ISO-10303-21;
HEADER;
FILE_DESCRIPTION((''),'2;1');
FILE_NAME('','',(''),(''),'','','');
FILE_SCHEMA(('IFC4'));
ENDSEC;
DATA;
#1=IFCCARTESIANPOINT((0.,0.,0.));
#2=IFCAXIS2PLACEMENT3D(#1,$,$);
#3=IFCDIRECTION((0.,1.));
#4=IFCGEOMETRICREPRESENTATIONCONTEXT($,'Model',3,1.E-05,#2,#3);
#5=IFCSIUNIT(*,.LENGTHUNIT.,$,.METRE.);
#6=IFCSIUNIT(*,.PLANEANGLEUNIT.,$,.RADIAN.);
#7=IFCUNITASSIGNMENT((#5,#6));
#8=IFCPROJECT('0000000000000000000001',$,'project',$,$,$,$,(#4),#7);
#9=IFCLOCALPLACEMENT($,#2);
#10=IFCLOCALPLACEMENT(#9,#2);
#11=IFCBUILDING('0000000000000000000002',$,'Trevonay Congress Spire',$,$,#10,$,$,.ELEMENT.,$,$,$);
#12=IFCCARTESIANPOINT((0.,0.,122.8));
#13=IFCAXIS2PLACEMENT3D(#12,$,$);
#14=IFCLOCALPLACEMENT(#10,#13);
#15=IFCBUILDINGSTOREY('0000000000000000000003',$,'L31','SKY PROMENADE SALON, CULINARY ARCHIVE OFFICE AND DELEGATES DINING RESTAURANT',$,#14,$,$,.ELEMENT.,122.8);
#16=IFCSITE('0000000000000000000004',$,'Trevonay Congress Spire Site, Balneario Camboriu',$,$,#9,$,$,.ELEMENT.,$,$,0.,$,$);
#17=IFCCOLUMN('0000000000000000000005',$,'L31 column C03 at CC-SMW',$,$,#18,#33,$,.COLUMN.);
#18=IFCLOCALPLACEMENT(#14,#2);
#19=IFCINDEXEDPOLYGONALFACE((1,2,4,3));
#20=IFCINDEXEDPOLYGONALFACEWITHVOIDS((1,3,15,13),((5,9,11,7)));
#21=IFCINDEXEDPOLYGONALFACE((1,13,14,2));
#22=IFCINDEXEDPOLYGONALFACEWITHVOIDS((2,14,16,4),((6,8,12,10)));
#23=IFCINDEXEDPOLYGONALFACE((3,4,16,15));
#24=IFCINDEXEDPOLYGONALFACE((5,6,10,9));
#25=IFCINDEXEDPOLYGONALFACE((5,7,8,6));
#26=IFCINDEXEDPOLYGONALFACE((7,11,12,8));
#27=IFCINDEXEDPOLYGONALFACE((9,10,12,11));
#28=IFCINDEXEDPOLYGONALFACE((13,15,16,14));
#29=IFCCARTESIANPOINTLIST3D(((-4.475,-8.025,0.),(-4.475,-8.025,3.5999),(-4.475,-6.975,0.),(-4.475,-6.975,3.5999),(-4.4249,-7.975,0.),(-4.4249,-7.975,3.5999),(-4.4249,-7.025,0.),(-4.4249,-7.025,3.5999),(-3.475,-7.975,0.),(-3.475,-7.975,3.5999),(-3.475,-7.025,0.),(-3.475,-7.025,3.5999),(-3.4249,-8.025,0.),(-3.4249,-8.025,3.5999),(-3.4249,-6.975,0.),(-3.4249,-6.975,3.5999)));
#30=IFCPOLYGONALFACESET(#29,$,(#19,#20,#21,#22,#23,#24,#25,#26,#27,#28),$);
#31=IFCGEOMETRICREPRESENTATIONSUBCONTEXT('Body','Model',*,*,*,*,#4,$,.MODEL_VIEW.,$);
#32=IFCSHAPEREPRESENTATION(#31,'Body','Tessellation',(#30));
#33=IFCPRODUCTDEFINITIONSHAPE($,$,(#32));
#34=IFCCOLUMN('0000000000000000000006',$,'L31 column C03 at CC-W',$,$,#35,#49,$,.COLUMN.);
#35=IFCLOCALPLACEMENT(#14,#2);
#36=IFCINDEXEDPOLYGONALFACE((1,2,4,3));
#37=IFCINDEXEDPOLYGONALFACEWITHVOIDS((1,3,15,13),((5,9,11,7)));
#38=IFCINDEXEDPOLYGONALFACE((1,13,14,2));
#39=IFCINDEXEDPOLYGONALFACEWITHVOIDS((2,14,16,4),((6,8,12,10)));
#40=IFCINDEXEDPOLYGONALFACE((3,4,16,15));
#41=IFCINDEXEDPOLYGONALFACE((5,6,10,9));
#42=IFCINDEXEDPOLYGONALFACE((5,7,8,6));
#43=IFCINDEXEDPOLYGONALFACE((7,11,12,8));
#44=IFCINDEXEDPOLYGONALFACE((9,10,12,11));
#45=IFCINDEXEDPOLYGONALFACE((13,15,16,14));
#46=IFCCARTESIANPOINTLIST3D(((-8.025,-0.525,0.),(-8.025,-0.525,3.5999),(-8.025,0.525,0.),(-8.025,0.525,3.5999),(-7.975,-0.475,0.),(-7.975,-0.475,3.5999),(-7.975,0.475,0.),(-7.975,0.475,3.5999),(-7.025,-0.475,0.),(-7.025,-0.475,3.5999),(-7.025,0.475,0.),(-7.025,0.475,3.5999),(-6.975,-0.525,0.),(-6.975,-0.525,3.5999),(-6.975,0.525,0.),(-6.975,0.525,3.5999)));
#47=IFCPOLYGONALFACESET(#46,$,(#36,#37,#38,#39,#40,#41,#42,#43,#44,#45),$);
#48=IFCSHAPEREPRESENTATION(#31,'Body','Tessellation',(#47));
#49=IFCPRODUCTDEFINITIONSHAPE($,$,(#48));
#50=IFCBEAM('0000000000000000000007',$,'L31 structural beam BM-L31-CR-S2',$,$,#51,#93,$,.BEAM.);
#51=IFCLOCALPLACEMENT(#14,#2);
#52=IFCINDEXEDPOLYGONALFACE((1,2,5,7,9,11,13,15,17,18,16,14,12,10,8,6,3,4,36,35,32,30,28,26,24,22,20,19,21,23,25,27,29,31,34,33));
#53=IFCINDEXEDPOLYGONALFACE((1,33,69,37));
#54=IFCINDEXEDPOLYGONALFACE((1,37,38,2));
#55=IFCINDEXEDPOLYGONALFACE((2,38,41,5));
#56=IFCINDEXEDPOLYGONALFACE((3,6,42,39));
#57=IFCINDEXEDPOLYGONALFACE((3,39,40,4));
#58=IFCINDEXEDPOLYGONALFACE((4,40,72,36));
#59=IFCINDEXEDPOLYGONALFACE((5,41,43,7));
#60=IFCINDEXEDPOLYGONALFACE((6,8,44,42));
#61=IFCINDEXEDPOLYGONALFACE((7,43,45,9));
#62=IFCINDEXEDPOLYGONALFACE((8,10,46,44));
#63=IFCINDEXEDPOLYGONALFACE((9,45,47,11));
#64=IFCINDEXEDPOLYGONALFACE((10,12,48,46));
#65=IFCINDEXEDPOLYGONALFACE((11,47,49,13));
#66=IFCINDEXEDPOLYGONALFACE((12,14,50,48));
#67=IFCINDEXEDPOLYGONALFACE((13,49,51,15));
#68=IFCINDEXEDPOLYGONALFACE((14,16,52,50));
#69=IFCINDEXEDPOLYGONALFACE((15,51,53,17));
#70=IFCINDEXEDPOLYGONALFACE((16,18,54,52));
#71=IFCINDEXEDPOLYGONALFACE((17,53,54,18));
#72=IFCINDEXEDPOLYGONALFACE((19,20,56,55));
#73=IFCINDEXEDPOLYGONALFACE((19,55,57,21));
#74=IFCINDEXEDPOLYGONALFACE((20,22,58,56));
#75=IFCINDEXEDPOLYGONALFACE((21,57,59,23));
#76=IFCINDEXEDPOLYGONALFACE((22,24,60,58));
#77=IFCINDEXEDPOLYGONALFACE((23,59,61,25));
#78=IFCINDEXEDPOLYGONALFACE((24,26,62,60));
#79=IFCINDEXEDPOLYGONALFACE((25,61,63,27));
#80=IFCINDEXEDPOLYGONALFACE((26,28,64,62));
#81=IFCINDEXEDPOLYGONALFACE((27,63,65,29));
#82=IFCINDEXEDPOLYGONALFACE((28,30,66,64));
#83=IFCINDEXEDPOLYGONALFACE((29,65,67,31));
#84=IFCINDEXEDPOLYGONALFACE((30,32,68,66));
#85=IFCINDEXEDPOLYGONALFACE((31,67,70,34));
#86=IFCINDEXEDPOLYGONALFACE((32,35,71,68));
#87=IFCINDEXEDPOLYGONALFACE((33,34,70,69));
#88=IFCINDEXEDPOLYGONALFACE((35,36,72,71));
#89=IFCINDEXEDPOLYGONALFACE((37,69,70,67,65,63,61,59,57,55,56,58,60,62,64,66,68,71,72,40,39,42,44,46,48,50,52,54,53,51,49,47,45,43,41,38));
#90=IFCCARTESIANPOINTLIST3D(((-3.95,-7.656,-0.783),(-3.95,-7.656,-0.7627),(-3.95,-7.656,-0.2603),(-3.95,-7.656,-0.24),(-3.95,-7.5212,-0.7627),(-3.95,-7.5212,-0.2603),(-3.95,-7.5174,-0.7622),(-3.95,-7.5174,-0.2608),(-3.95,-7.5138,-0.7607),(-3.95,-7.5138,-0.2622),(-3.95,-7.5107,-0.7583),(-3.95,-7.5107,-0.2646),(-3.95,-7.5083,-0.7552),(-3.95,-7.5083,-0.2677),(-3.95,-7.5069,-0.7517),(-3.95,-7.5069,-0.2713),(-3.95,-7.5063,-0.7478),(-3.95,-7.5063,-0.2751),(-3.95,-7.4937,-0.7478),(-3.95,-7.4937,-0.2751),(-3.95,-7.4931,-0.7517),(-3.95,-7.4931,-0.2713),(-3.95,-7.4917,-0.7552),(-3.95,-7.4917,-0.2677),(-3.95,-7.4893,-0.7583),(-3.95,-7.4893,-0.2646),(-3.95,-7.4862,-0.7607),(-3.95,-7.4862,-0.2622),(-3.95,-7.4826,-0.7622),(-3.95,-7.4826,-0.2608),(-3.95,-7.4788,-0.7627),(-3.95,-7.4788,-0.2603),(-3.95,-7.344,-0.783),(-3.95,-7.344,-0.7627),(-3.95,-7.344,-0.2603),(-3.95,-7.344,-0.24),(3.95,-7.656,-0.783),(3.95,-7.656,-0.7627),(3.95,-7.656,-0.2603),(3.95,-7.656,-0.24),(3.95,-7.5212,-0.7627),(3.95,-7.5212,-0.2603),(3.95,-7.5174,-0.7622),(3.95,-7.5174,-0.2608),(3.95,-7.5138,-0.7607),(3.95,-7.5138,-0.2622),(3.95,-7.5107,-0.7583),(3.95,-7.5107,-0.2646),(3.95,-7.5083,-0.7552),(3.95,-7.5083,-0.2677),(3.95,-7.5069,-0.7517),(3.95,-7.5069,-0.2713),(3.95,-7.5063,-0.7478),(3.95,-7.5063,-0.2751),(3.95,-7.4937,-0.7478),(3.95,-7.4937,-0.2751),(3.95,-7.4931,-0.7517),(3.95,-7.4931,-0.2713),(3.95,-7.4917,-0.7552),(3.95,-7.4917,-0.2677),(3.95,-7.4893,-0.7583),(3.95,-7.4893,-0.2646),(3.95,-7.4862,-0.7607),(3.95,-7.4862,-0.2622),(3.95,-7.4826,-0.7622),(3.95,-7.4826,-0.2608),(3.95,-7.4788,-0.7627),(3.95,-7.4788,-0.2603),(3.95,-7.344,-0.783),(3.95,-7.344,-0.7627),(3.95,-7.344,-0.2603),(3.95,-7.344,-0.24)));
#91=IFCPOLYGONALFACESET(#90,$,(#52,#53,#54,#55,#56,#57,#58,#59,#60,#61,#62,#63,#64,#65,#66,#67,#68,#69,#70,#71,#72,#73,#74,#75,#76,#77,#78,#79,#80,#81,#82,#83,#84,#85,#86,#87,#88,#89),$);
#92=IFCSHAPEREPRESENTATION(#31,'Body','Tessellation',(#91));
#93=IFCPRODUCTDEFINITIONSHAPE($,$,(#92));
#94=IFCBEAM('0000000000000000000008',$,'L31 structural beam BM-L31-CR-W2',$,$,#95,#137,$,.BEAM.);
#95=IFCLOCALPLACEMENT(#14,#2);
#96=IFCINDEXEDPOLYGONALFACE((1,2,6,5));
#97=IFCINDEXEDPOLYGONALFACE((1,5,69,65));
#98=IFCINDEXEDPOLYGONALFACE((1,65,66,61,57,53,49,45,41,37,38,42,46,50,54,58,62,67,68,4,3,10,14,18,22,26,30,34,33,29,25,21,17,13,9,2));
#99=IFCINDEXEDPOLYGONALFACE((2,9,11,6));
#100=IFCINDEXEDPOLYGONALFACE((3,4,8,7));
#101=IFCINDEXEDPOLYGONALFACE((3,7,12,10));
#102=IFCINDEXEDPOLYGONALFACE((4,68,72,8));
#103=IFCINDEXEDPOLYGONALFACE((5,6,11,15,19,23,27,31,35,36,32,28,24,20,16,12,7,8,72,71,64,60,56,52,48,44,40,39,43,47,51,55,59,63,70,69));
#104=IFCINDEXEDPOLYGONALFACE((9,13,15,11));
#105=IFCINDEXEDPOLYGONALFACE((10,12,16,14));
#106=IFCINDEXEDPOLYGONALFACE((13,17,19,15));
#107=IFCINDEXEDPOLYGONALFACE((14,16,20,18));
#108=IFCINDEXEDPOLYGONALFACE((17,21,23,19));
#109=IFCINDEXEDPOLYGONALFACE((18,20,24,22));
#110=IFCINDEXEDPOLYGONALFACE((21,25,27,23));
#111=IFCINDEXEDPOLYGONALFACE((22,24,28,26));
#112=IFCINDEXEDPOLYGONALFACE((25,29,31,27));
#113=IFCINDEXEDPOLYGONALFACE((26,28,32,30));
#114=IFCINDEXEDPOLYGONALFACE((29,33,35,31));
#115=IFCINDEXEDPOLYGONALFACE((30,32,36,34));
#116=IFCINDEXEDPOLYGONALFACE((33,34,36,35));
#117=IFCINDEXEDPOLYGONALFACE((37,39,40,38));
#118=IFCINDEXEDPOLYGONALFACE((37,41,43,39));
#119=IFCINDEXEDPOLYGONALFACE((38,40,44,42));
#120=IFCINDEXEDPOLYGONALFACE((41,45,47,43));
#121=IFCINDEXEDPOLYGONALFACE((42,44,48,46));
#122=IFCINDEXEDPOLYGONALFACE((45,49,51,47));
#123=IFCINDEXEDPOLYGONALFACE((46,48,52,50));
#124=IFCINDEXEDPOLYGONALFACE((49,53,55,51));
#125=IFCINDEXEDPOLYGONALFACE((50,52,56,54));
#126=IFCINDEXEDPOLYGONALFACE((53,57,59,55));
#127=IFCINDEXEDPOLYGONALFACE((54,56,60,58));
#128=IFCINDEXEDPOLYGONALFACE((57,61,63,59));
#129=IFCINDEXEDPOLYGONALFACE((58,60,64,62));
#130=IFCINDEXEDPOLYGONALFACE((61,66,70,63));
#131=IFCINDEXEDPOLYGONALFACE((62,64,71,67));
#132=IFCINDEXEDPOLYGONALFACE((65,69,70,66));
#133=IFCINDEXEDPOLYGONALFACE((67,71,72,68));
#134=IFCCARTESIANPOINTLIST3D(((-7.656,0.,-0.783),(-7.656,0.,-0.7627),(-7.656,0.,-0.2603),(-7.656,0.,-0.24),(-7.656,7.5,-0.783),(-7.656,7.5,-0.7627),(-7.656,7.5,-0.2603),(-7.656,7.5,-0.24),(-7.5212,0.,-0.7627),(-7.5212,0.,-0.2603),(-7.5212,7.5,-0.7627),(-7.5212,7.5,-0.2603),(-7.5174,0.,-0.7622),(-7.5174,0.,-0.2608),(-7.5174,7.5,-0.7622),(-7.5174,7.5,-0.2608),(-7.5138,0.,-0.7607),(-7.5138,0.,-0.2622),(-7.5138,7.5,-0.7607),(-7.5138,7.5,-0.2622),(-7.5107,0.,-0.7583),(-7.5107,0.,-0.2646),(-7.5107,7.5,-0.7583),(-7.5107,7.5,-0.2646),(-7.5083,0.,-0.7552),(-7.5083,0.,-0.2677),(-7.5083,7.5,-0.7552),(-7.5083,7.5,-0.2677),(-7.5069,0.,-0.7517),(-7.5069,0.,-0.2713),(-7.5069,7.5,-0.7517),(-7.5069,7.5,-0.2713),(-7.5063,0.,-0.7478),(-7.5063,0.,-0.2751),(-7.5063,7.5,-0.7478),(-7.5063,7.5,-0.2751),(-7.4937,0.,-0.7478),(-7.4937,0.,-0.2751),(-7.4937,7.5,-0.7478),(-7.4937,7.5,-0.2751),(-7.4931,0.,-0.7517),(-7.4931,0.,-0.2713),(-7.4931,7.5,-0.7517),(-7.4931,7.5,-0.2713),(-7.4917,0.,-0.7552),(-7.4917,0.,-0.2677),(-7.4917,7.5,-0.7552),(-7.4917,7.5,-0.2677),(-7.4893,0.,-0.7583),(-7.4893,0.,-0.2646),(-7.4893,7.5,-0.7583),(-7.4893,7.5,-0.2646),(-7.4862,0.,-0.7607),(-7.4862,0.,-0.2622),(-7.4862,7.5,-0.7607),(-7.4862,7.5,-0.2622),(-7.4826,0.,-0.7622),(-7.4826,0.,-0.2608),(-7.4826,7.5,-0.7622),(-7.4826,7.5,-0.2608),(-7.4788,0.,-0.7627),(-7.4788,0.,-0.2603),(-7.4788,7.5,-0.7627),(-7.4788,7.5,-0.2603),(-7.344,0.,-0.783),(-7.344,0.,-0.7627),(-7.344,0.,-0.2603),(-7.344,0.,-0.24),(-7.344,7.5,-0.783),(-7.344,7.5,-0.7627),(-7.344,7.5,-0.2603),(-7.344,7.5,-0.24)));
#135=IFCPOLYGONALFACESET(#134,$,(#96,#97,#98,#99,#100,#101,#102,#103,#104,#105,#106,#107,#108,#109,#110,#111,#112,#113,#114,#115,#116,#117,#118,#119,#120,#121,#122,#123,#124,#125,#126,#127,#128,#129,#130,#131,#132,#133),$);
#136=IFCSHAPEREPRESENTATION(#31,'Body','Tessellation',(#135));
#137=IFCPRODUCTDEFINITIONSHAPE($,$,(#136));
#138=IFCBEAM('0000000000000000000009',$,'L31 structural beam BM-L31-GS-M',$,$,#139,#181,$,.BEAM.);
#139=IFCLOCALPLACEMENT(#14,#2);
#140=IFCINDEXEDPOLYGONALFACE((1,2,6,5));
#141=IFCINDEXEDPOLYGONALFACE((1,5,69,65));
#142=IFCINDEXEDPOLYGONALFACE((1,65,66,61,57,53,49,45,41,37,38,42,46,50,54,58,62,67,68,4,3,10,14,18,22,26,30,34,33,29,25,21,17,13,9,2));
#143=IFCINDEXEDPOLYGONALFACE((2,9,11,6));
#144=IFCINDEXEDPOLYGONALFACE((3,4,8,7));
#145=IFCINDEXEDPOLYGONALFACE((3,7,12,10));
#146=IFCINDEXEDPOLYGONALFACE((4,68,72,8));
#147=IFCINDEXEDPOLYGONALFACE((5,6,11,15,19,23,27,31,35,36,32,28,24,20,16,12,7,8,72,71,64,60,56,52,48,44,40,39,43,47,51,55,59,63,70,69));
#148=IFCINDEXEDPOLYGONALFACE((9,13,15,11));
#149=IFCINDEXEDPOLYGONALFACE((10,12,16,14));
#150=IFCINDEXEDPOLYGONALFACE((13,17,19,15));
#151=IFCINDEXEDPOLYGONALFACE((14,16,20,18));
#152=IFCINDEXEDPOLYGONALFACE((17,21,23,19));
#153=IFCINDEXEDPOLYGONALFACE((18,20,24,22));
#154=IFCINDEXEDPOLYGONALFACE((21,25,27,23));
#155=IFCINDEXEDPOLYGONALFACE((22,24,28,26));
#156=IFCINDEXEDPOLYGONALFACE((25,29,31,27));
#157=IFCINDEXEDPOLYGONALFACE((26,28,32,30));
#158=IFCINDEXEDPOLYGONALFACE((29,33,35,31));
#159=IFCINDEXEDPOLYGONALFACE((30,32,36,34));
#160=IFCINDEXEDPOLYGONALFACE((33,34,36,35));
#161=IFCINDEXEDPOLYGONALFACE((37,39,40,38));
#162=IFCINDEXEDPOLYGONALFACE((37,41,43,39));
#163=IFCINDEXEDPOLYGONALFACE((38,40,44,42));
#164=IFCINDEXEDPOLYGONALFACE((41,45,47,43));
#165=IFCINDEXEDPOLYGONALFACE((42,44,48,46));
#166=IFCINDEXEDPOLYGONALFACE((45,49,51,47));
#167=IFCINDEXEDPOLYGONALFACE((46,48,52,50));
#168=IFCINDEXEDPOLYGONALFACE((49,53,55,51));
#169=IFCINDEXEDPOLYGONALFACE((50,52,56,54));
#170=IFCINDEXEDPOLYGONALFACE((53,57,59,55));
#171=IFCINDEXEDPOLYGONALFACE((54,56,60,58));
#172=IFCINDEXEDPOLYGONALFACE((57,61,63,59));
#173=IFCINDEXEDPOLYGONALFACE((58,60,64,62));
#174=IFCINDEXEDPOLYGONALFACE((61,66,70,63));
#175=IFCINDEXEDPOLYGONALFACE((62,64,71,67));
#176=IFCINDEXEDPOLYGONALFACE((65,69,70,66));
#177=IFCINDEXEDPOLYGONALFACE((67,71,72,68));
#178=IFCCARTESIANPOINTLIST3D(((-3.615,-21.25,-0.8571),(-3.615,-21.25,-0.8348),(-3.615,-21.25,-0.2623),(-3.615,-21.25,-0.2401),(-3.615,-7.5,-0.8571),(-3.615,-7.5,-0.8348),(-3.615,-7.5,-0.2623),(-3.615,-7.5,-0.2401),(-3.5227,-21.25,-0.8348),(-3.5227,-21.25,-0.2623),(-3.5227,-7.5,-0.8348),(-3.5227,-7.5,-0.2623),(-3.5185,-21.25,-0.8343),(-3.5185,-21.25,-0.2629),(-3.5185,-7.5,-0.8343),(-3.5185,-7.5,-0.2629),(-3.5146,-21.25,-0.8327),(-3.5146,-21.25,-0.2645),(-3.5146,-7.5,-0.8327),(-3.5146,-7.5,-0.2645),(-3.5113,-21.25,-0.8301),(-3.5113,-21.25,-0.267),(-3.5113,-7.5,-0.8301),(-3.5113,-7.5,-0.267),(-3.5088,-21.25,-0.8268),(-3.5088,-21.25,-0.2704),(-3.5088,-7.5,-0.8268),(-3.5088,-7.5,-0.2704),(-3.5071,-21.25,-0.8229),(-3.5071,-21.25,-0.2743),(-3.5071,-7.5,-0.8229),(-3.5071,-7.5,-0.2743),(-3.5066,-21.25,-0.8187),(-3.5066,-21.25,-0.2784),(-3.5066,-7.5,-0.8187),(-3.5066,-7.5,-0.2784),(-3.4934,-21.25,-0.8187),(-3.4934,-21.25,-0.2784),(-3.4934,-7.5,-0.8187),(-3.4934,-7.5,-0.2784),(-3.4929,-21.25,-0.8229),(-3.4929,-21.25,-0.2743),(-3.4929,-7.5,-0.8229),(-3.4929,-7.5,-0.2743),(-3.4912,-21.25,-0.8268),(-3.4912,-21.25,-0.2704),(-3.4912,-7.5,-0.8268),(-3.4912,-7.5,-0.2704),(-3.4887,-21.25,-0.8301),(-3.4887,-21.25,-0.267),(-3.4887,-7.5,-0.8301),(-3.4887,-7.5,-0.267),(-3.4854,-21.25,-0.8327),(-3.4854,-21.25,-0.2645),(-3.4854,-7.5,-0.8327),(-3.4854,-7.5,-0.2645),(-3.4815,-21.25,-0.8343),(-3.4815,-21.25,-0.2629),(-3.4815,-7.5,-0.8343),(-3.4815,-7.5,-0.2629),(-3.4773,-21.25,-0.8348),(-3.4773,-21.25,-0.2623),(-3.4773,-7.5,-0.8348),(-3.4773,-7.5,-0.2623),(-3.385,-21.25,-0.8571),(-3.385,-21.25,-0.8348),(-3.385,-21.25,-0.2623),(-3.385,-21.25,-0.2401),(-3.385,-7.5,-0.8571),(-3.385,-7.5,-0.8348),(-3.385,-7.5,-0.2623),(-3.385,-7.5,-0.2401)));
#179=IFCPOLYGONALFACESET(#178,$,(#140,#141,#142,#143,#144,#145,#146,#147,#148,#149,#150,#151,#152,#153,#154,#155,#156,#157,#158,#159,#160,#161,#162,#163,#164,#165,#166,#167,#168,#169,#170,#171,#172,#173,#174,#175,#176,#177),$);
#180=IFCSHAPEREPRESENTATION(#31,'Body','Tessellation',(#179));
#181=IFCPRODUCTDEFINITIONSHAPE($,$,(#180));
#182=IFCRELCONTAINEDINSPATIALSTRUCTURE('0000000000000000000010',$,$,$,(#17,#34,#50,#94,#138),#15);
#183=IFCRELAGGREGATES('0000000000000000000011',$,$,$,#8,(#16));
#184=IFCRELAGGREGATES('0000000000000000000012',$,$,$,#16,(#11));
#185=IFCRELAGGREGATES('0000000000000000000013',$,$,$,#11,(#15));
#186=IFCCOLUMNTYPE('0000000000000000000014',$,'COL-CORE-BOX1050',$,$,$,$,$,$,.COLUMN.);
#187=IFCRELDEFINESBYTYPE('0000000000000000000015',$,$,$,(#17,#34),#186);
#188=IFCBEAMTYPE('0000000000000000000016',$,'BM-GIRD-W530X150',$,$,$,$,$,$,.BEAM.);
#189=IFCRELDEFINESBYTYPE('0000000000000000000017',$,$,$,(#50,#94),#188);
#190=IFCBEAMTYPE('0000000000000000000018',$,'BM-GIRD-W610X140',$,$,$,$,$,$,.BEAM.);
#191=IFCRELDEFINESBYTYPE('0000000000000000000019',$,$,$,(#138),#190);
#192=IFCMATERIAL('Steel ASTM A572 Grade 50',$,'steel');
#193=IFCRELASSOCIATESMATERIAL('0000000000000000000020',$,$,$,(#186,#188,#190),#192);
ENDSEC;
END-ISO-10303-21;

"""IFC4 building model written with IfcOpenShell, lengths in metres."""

from ifc_helpers import new_model, si_unit, direction, frame, origin, origin_2d, place, context, subcontext, project, spatial, hollow_rectangle, i_section, extrude, material, material_profile, profile_set, type_object, element, save


model = new_model("IFC4")

# Units and contexts
model_context = context("Model", 3, precision=1e-05, world=origin(), true_north=direction((0.0, 1.0)))
body_context = subcontext(model_context, "Body", "Model", "MODEL_VIEW")
ifc_project = project(units=[si_unit("LENGTHUNIT", "METRE"), si_unit("PLANEANGLEUNIT", "RADIAN")], contexts=[model_context])

# Site, building, storey
site_placement = place(None, origin())
site = spatial("IfcSite", under=ifc_project, at=site_placement, Name="Trevonay Congress Spire Site, Balneario Camboriu", CompositionType="ELEMENT", RefElevation=0.0)
building_placement = place(site_placement, origin())
building = spatial("IfcBuilding", under=site, at=building_placement, Name="Trevonay Congress Spire", CompositionType="ELEMENT")
storey_placement = place(building_placement, frame((0.0, 0.0, 122.8)))
storey = spatial("IfcBuildingStorey", under=building, at=storey_placement, Name="L31", Description="SKY PROMENADE SALON, CULINARY ARCHIVE OFFICE AND DELEGATES DINING RESTAURANT", CompositionType="ELEMENT", Elevation=122.8)

# Columns
ifc_material_1 = material(Name="Steel ASTM A572 Grade 50", Category="steel")
ifc_material_profile_1 = material_profile(ifc_material_1, hollow_rectangle(XDim=1.05, YDim=1.05, WallThickness=0.05, at=origin_2d()), Name="BOX 1050x1050x50")
ifc_profile_set_1 = profile_set([ifc_material_profile_1], Name="Steel ASTM A572 Grade 50")
column_type = type_object("IfcColumnType", Name="COL-CORE-BOX1050", PredefinedType="COLUMN", material=ifc_profile_set_1)
for number, where, z_axis, x_axis, name in (
    (1, (-3.95, -7.5, 0.0), (0.0, 0.0, 1.0), (1.0, 0.0, 0.0), "L31 column C03 at CC-SMW"),
    (2, (-7.5, 0.0, 0.0), (0.0, 0.0, 1.0), (1.0, 0.0, 0.0), "L31 column C03 at CC-W"),
):
    element("IfcColumn", number, at=place(storey_placement, frame(where, z_axis=z_axis, x_axis=x_axis)), inside=storey, type_object=column_type, Name=name, PredefinedType="COLUMN", context=body_context, shape_type="SweptSolid", body=[
        extrude(hollow_rectangle(XDim=1.05, YDim=1.05, WallThickness=0.05, at=origin_2d()), origin(), (0.0, 0.0, 1.0), 3.5999),
    ])

# Beams
ifc_material_profile_2 = material_profile(ifc_material_1, i_section(OverallWidth=0.312, OverallDepth=0.543, WebThickness=0.0127, FlangeThickness=0.0203, FilletRadius=0.0149, at=origin_2d()), Name="W530x150")
ifc_profile_set_2 = profile_set([ifc_material_profile_2], Name="Steel ASTM A572 Grade 50")
beam_type_1 = type_object("IfcBeamType", Name="BM-GIRD-W530X150", PredefinedType="BEAM", material=ifc_profile_set_2)
beam_1_placement = place(storey_placement, frame((-3.95, -7.5, -0.5115), z_axis=(1.0, 0.0, 0.0), x_axis=(0.0, 1.0, 0.0)))
element("IfcBeam", 3, at=beam_1_placement, inside=storey, type_object=beam_type_1, Name="L31 structural beam BM-L31-CR-S2", PredefinedType="BEAM", context=body_context, shape_type="SweptSolid", body=[
    extrude(i_section(OverallWidth=0.312, OverallDepth=0.543, WebThickness=0.0127, FlangeThickness=0.0203, FilletRadius=0.0149, at=origin_2d()), origin(), (0.0, 0.0, 1.0), 7.8999),
])
beam_2_placement = place(storey_placement, frame((-7.5, 0.0, -0.5115), z_axis=(0.0, 1.0, 0.0), x_axis=(-1.0, 0.0, 0.0)))
element("IfcBeam", 4, at=beam_2_placement, inside=storey, type_object=beam_type_1, Name="L31 structural beam BM-L31-CR-W2", PredefinedType="BEAM", context=body_context, shape_type="SweptSolid", body=[
    extrude(i_section(OverallWidth=0.312, OverallDepth=0.543, WebThickness=0.0127, FlangeThickness=0.0203, FilletRadius=0.0149, at=origin_2d()), origin(), (0.0, 0.0, 1.0), 7.5),
])
ifc_material_profile_3 = material_profile(ifc_material_1, i_section(OverallWidth=0.23, OverallDepth=0.6169, WebThickness=0.0132, FlangeThickness=0.0222, FilletRadius=0.0161, at=origin_2d()), Name="W610x140")
ifc_profile_set_3 = profile_set([ifc_material_profile_3], Name="Steel ASTM A572 Grade 50")
beam_type_2 = type_object("IfcBeamType", Name="BM-GIRD-W610X140", PredefinedType="BEAM", material=ifc_profile_set_3)
for number, where, z_axis, x_axis, name in (
    (5, (-3.5, -7.5, -0.5486), (0.0, -1.0, 0.0), (1.0, 0.0, 0.0), "L31 structural beam BM-L31-GS-M"),
):
    element("IfcBeam", number, at=place(storey_placement, frame(where, z_axis=z_axis, x_axis=x_axis)), inside=storey, type_object=beam_type_2, Name=name, PredefinedType="BEAM", context=body_context, shape_type="SweptSolid", body=[
        extrude(i_section(OverallWidth=0.23, OverallDepth=0.6169, WebThickness=0.0132, FlangeThickness=0.0222, FilletRadius=0.0161, at=origin_2d()), origin(), (0.0, 0.0, 1.0), 13.75),
    ])

save(model, "model.ifc")
